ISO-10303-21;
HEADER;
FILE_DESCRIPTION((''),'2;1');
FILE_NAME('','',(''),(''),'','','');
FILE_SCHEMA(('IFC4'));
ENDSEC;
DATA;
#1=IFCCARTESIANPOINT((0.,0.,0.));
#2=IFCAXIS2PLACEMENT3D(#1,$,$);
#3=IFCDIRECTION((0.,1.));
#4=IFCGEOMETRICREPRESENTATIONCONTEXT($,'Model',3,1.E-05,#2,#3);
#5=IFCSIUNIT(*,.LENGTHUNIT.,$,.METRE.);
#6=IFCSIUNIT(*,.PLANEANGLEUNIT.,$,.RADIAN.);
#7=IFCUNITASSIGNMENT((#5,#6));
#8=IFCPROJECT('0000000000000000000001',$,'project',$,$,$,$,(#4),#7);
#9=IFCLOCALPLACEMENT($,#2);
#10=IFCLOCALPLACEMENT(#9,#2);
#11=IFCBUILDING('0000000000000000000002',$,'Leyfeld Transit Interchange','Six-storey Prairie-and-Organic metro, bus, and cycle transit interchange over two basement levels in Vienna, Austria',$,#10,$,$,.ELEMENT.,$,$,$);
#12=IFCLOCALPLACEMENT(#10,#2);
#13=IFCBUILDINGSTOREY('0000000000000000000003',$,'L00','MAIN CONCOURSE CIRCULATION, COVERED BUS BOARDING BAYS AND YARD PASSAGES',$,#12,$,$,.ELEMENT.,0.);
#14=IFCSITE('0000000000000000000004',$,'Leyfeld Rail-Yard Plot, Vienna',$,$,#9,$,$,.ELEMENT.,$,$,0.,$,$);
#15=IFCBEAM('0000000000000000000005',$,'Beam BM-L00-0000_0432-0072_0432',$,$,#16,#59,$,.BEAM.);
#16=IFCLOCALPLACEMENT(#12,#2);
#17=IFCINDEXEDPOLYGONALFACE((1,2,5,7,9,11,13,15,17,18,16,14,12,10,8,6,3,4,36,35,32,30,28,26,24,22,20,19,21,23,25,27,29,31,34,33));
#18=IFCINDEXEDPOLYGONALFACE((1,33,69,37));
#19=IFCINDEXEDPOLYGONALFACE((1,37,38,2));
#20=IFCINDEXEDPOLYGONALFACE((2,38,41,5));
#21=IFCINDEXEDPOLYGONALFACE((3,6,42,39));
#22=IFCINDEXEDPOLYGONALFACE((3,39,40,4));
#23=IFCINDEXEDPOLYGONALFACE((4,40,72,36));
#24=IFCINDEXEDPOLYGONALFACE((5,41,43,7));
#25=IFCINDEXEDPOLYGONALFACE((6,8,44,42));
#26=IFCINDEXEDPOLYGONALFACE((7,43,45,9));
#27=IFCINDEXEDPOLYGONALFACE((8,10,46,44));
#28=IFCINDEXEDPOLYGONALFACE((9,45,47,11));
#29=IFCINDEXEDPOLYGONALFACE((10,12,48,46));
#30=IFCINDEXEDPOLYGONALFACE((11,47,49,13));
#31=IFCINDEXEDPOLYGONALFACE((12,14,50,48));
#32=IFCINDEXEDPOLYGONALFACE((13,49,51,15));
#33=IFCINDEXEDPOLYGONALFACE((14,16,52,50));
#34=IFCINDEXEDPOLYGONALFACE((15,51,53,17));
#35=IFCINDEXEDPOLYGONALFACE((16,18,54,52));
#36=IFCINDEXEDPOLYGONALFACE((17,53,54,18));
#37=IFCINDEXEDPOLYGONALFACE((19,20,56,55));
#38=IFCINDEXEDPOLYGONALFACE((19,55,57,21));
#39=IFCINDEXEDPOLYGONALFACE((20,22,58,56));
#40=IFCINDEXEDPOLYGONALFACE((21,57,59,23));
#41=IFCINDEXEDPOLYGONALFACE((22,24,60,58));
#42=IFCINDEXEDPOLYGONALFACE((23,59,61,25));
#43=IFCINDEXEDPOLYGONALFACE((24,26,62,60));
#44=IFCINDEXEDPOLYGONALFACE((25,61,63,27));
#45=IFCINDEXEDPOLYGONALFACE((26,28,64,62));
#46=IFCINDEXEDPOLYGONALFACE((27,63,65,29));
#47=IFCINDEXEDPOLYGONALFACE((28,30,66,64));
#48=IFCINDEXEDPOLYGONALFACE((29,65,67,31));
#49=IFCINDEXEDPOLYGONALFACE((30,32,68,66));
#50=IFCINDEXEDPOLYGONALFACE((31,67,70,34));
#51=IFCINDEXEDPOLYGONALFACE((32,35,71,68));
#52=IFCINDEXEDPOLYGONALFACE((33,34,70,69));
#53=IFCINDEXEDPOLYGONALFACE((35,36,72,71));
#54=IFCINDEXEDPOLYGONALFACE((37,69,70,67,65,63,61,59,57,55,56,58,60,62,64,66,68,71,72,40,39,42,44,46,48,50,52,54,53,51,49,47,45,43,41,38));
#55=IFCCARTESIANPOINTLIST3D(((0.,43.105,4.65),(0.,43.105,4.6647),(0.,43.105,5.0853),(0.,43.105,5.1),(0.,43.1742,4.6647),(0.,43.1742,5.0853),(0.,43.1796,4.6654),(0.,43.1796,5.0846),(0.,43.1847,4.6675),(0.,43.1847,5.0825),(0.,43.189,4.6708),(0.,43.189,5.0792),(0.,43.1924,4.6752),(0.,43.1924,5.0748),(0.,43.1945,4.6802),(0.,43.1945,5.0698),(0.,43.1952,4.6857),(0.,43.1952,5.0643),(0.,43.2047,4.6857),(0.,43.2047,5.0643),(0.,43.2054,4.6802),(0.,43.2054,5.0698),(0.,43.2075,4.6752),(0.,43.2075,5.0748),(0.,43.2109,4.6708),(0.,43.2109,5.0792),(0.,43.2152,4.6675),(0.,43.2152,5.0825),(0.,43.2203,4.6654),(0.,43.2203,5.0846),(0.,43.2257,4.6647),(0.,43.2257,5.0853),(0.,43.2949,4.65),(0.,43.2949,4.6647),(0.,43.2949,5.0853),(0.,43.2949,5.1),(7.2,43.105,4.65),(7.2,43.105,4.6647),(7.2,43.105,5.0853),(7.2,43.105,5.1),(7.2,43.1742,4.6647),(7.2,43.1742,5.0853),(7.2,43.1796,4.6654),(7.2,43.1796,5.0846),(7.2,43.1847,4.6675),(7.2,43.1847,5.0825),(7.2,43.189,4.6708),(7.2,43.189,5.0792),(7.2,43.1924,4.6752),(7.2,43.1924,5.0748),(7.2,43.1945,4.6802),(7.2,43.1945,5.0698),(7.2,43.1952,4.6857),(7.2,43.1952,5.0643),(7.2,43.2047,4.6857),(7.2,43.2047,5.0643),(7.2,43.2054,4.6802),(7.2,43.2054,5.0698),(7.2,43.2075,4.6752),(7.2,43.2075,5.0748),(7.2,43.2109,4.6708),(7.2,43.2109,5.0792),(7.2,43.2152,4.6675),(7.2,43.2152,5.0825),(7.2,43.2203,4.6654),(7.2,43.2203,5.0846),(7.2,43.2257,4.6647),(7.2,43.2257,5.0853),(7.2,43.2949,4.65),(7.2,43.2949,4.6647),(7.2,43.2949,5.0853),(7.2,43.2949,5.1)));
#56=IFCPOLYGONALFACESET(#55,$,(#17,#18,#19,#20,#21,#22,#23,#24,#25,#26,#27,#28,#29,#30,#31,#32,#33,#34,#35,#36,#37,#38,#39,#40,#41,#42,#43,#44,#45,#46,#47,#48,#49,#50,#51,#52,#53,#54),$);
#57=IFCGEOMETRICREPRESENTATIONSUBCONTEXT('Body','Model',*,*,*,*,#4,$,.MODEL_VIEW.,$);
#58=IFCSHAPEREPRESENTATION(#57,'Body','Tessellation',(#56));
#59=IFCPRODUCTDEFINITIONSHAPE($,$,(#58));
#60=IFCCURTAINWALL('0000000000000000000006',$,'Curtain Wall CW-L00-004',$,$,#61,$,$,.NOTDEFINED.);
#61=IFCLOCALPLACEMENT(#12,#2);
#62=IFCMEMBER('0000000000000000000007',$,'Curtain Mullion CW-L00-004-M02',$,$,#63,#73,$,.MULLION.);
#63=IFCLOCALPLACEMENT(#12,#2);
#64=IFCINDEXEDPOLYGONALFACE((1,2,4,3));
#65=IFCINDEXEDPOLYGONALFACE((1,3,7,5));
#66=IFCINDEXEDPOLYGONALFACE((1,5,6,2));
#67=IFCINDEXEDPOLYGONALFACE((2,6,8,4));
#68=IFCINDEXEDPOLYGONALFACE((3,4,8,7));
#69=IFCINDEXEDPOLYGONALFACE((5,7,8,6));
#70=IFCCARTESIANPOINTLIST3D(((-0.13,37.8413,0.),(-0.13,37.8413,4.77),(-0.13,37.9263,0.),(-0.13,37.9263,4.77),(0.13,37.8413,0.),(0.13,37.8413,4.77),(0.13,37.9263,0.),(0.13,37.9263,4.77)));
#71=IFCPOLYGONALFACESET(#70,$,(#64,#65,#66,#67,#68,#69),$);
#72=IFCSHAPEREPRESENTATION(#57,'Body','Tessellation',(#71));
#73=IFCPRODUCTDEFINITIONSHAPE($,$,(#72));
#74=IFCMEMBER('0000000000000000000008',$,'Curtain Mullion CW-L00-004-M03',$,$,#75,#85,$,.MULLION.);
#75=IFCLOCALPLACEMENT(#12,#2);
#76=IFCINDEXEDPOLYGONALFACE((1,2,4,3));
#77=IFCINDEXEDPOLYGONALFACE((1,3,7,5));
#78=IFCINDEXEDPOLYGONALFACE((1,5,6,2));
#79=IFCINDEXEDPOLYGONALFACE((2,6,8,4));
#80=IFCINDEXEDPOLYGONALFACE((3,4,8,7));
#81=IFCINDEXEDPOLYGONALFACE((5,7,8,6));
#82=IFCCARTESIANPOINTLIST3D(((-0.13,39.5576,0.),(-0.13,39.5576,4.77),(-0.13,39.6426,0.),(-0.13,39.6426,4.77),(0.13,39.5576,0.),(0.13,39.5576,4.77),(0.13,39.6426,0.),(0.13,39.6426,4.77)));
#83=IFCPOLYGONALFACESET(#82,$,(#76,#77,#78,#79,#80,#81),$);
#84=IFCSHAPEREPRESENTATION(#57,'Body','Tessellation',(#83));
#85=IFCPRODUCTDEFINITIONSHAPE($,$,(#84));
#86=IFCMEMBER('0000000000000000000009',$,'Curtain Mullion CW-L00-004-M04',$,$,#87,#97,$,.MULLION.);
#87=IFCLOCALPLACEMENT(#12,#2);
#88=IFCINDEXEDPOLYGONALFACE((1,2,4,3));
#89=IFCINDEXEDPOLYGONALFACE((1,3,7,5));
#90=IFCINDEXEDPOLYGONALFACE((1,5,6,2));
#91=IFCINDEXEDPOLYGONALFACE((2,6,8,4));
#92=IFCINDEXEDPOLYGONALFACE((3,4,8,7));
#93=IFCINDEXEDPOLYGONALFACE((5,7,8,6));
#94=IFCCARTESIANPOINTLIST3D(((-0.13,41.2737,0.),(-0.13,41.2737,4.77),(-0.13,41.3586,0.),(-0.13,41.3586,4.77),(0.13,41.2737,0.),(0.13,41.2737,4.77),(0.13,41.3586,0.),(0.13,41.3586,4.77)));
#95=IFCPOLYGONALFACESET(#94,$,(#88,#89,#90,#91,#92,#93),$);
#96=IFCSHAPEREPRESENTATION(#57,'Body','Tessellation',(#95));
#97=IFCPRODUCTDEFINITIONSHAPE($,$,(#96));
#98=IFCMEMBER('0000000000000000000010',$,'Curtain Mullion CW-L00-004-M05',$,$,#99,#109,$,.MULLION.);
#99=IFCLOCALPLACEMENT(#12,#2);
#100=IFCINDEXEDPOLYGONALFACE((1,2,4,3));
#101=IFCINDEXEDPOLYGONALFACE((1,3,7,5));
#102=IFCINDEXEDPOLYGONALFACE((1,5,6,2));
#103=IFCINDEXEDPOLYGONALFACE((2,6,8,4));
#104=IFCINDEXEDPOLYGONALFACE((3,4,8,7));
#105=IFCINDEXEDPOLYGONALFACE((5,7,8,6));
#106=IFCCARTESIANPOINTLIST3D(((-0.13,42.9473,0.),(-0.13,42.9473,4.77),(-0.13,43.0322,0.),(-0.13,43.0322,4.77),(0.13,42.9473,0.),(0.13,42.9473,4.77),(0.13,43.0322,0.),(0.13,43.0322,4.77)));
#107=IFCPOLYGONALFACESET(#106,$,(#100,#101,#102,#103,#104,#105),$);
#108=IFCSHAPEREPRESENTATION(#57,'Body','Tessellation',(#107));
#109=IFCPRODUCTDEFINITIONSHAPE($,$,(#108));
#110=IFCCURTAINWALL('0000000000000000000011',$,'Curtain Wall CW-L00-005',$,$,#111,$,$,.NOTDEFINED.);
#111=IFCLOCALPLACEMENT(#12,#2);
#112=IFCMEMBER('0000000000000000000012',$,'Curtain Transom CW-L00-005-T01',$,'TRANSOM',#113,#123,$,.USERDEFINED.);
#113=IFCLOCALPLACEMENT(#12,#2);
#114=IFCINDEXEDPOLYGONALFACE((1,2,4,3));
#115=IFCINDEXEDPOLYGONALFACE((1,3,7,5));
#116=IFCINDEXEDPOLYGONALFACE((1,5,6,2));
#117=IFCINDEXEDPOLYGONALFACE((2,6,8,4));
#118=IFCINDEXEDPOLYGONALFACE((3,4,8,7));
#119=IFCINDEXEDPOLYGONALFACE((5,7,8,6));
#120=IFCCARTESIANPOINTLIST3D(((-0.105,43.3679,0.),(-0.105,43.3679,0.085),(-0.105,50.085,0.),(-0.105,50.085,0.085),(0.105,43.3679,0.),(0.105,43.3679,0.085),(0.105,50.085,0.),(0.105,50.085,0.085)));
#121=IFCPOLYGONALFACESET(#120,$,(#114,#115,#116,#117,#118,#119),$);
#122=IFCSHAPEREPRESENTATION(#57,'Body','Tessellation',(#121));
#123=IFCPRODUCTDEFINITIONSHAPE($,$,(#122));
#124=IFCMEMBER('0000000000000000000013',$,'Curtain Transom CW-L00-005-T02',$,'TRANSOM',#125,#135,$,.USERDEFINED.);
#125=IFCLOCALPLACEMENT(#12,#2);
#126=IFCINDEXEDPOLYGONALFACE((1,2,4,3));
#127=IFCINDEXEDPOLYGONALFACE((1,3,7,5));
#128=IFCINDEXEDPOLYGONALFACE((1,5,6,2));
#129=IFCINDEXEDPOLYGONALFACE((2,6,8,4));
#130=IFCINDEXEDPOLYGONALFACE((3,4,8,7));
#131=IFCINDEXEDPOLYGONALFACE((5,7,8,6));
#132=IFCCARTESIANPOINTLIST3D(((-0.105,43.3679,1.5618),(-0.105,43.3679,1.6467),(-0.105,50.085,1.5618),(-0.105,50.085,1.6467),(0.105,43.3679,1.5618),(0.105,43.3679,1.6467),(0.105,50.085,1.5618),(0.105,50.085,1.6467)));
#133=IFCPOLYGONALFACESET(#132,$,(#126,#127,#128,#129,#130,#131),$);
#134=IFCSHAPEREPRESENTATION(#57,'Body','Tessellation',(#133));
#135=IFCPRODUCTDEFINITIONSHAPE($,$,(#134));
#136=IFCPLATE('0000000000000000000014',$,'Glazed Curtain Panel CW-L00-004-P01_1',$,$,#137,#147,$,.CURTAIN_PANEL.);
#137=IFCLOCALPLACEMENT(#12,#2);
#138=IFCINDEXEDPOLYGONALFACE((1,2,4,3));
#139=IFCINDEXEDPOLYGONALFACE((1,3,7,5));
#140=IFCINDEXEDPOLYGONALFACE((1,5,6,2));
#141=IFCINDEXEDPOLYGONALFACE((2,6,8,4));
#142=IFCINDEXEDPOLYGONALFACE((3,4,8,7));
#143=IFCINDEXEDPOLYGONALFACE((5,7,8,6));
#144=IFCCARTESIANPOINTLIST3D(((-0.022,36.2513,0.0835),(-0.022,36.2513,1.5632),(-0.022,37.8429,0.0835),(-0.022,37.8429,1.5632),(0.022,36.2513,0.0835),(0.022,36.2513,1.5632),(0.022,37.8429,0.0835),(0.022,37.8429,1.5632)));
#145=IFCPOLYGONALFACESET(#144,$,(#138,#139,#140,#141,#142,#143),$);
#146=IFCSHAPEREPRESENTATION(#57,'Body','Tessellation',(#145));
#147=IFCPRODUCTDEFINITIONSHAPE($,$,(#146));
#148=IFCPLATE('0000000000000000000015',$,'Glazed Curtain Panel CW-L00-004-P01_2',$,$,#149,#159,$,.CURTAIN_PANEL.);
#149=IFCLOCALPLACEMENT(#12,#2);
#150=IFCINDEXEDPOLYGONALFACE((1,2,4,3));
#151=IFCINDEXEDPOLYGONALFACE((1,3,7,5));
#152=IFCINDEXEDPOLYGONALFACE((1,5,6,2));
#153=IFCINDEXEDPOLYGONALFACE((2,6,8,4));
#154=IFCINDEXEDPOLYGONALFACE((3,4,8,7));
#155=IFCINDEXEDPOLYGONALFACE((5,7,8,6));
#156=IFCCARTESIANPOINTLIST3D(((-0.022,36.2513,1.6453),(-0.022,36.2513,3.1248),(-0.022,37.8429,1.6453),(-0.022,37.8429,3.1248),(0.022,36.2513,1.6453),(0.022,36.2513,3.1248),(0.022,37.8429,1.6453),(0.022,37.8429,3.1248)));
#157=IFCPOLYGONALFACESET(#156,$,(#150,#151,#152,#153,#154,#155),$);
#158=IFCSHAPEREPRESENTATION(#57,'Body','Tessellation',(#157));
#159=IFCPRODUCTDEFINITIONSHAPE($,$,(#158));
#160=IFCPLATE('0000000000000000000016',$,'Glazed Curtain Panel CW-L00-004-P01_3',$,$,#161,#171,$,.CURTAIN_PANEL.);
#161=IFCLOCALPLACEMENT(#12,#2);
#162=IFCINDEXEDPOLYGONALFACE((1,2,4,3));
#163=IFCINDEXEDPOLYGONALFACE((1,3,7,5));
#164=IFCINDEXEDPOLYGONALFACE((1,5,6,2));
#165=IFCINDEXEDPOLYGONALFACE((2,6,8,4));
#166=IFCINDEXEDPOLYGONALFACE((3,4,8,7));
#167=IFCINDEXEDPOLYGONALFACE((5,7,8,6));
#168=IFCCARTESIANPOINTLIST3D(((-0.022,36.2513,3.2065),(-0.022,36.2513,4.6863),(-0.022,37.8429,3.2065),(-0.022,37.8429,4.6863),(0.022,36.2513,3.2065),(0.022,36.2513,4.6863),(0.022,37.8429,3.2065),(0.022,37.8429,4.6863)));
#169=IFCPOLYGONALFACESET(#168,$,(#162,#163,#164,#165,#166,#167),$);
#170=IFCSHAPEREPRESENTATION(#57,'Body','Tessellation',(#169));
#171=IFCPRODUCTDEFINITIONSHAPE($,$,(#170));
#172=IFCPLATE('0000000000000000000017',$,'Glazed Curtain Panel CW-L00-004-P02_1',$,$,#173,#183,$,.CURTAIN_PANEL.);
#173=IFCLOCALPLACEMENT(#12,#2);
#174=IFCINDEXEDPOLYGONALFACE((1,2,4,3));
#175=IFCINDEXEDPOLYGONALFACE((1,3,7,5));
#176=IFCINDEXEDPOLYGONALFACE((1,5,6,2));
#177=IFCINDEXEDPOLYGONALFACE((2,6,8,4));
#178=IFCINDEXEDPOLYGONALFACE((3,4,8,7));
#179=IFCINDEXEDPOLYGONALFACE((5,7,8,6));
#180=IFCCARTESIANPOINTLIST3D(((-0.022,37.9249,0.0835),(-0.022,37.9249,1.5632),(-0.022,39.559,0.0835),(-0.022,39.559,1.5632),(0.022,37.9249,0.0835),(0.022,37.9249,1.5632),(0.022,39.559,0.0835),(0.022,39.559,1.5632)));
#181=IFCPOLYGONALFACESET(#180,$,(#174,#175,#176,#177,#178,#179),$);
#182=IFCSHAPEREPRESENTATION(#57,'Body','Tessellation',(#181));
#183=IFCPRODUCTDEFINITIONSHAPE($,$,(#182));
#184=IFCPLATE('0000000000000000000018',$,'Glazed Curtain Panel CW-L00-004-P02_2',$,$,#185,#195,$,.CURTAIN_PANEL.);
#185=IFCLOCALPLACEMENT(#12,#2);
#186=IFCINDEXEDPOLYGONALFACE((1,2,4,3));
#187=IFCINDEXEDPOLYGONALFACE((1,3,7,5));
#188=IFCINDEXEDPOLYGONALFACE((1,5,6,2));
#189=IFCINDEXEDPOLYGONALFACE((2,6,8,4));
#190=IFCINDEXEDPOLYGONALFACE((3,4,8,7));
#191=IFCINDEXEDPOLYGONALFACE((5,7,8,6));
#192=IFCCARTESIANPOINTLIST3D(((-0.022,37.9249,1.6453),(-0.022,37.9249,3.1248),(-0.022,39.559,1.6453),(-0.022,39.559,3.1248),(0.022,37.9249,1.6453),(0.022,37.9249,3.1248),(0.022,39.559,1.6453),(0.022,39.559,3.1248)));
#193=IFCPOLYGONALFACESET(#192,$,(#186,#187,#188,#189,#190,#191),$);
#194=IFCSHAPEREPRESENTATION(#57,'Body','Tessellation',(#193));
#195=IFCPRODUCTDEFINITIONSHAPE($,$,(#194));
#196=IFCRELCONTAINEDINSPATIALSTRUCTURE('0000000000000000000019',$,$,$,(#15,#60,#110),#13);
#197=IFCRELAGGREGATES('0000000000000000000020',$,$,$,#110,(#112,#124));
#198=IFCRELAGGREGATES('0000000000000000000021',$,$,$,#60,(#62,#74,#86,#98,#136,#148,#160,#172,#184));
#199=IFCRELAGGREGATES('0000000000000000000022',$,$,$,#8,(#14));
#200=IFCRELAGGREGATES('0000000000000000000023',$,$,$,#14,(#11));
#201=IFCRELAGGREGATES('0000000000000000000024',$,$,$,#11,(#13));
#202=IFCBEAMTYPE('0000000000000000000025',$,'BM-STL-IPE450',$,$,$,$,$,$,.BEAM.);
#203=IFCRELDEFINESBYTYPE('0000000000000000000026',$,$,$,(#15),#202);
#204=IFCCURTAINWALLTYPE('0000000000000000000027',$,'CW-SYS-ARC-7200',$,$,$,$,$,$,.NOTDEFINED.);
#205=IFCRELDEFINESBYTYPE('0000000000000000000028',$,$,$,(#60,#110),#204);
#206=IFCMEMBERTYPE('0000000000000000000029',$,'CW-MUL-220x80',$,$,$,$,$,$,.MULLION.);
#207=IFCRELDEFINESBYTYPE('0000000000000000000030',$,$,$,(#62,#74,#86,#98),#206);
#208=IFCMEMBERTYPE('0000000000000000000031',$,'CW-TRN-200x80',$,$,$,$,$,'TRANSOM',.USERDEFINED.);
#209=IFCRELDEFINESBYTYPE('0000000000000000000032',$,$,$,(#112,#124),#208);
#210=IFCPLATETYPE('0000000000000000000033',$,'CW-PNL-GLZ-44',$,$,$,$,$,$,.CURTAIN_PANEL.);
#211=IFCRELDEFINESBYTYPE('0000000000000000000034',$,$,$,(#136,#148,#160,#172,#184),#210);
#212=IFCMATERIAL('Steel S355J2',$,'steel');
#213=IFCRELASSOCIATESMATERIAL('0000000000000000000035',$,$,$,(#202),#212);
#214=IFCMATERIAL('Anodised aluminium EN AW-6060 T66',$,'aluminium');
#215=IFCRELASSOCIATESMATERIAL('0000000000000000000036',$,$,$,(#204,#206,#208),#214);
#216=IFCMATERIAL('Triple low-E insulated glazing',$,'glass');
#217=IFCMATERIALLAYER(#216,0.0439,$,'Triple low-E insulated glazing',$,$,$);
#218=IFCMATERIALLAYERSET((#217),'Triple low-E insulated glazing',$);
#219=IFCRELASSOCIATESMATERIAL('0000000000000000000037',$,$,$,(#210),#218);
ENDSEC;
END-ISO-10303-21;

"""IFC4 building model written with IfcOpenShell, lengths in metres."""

from ifc_helpers import new_model, si_unit, direction, frame, origin, origin_2d, place, context, subcontext, project, spatial, rectangle, i_section, extrude, material, layer, layer_set, material_profile, profile_set, type_object, element, aggregate, save


model = new_model("IFC4")

# Units and contexts
model_context = context("Model", 3, precision=1e-05, world=origin(), true_north=direction((0.0, 1.0)))
body_context = subcontext(model_context, "Body", "Model", "MODEL_VIEW")
ifc_project = project(units=[si_unit("LENGTHUNIT", "METRE"), si_unit("PLANEANGLEUNIT", "RADIAN")], contexts=[model_context])

# Site, building, storey
site_placement = place(None, origin())
site = spatial("IfcSite", under=ifc_project, at=site_placement, Name="Leyfeld Rail-Yard Plot, Vienna", CompositionType="ELEMENT", RefElevation=0.0)
building_placement = place(site_placement, origin())
building = spatial("IfcBuilding", under=site, at=building_placement, Name="Leyfeld Transit Interchange", Description="Six-storey Prairie-and-Organic metro, bus, and cycle transit interchange over two basement levels in Vienna, Austria", CompositionType="ELEMENT")
storey_placement = place(building_placement, origin())
storey = spatial("IfcBuildingStorey", under=building, at=storey_placement, Name="L00", Description="MAIN CONCOURSE CIRCULATION, COVERED BUS BOARDING BAYS AND YARD PASSAGES", CompositionType="ELEMENT", Elevation=0.0)

# Shared definitions
ifc_material_1 = material(Name="Steel S355J2", Category="steel")

# Beam
ifc_material_profile_1 = material_profile(ifc_material_1, i_section(OverallWidth=0.1899, OverallDepth=0.45, WebThickness=0.0095, FlangeThickness=0.0146, FilletRadius=0.021, at=origin_2d()), Name="IPE 450")
ifc_profile_set_1 = profile_set([ifc_material_profile_1], Name="Steel S355J2")
beam_type_1 = type_object("IfcBeamType", Name="BM-STL-IPE450", PredefinedType="BEAM", material=ifc_profile_set_1)
beam_1_placement = place(storey_placement, frame((0.0, 43.2, 4.875), z_axis=(1.0, 0.0, 0.0), x_axis=(0.0, 1.0, 0.0)))
element("IfcBeam", 1, at=beam_1_placement, inside=storey, type_object=beam_type_1, Name="Beam BM-L00-0000_0432-0072_0432", PredefinedType="BEAM", context=body_context, shape_type="SweptSolid", body=[
    extrude(i_section(OverallWidth=0.1899, OverallDepth=0.45, WebThickness=0.0095, FlangeThickness=0.0146, FilletRadius=0.021, at=origin_2d()), origin(), (0.0, 0.0, 1.0), 7.2),
])

# Curtain walls, members
ifc_material_2 = material(Name="Anodised aluminium EN AW-6060 T66", Category="aluminium")
curtain_wall_type = type_object("IfcCurtainWallType", Name="CW-SYS-ARC-7200", PredefinedType="NOTDEFINED", material=ifc_material_2)
curtain_wall_1_placement = place(storey_placement, origin())
curtain_wall_1 = element("IfcCurtainWall", 2, at=curtain_wall_1_placement, inside=storey, type_object=curtain_wall_type, Name="Curtain Wall CW-L00-004", PredefinedType="NOTDEFINED")
ifc_material_profile_2 = material_profile(ifc_material_2, rectangle(XDim=0.085, YDim=0.26, at=origin_2d()), Name="CW-M 85x260")
ifc_profile_set_2 = profile_set([ifc_material_profile_2], Name="Anodised aluminium EN AW-6060 T66")
member_type_1 = type_object("IfcMemberType", Name="CW-MUL-220x80", PredefinedType="MULLION", material=ifc_profile_set_2)
member_1_placement = place(storey_placement, frame((0.0, 37.8838, 0.0), z_axis=(0.0, 0.0, 1.0), x_axis=(0.0, 1.0, 0.0)))
member_1 = element("IfcMember", 3, at=member_1_placement, type_object=member_type_1, Name="Curtain Mullion CW-L00-004-M02", PredefinedType="MULLION", context=body_context, shape_type="SweptSolid", body=[
    extrude(rectangle(XDim=0.085, YDim=0.26, at=origin_2d()), origin(), (0.0, 0.0, 1.0), 4.77),
])
member_2_placement = place(storey_placement, frame((0.0, 39.6001, 0.0), z_axis=(0.0, 0.0, 1.0), x_axis=(0.0, 1.0, 0.0)))
member_2 = element("IfcMember", 4, at=member_2_placement, type_object=member_type_1, Name="Curtain Mullion CW-L00-004-M03", PredefinedType="MULLION", context=body_context, shape_type="SweptSolid", body=[
    extrude(rectangle(XDim=0.085, YDim=0.26, at=origin_2d()), origin(), (0.0, 0.0, 1.0), 4.77),
])
member_3_placement = place(storey_placement, frame((0.0, 41.3162, 0.0), z_axis=(0.0, 0.0, 1.0), x_axis=(0.0, 1.0, 0.0)))
member_3 = element("IfcMember", 5, at=member_3_placement, type_object=member_type_1, Name="Curtain Mullion CW-L00-004-M04", PredefinedType="MULLION", context=body_context, shape_type="SweptSolid", body=[
    extrude(rectangle(XDim=0.085, YDim=0.26, at=origin_2d()), origin(), (0.0, 0.0, 1.0), 4.77),
])
member_4_placement = place(storey_placement, frame((0.0, 42.9897, 0.0), z_axis=(0.0, 0.0, 1.0), x_axis=(0.0, 1.0, 0.0)))
member_4 = element("IfcMember", 6, at=member_4_placement, type_object=member_type_1, Name="Curtain Mullion CW-L00-004-M05", PredefinedType="MULLION", context=body_context, shape_type="SweptSolid", body=[
    extrude(rectangle(XDim=0.085, YDim=0.26, at=origin_2d()), origin(), (0.0, 0.0, 1.0), 4.77),
])
curtain_wall_2_placement = place(storey_placement, origin())
curtain_wall_2 = element("IfcCurtainWall", 7, at=curtain_wall_2_placement, inside=storey, type_object=curtain_wall_type, Name="Curtain Wall CW-L00-005", PredefinedType="NOTDEFINED")
ifc_material_profile_3 = material_profile(ifc_material_2, rectangle(XDim=0.21, YDim=0.085, at=origin_2d()), Name="CW-TRN-200x80")
ifc_profile_set_3 = profile_set([ifc_material_profile_3], Name="Anodised aluminium EN AW-6060 T66")
member_type_2 = type_object("IfcMemberType", Name="CW-TRN-200x80", ElementType="TRANSOM", PredefinedType="USERDEFINED", material=ifc_profile_set_3)
member_5_placement = place(storey_placement, frame((0.0, 43.3679, 0.0425), z_axis=(0.0, 1.0, 0.0), x_axis=(-1.0, 0.0, 0.0)))
member_5 = element("IfcMember", 8, at=member_5_placement, type_object=member_type_2, Name="Curtain Transom CW-L00-005-T01", ObjectType="TRANSOM", PredefinedType="USERDEFINED", context=body_context, shape_type="SweptSolid", body=[
    extrude(rectangle(XDim=0.21, YDim=0.085, at=origin_2d()), origin(), (0.0, 0.0, 1.0), 6.717),
])
member_6_placement = place(storey_placement, frame((0.0, 43.3679, 1.6042), z_axis=(0.0, 1.0, 0.0), x_axis=(-1.0, 0.0, 0.0)))
member_6 = element("IfcMember", 9, at=member_6_placement, type_object=member_type_2, Name="Curtain Transom CW-L00-005-T02", ObjectType="TRANSOM", PredefinedType="USERDEFINED", context=body_context, shape_type="SweptSolid", body=[
    extrude(rectangle(XDim=0.21, YDim=0.085, at=origin_2d()), origin(), (0.0, 0.0, 1.0), 6.717),
])
aggregate(curtain_wall_2, [member_5, member_6])

# Plates
ifc_material_3 = material(Name="Triple low-E insulated glazing", Category="glass")
ifc_layer_1 = layer(ifc_material_3, 0.0439, Name="Triple low-E insulated glazing")
ifc_layer_set_1 = layer_set([ifc_layer_1], Name="Triple low-E insulated glazing")
plate_type_1 = type_object("IfcPlateType", Name="CW-PNL-GLZ-44", PredefinedType="CURTAIN_PANEL", material=ifc_layer_set_1)
plate_1_placement = place(storey_placement, frame((0.0, 37.0471, 0.0835), z_axis=(0.0, 0.0, 1.0), x_axis=(0.0, 1.0, 0.0)))
plate_1 = element("IfcPlate", 10, at=plate_1_placement, type_object=plate_type_1, Name="Glazed Curtain Panel CW-L00-004-P01_1", PredefinedType="CURTAIN_PANEL", context=body_context, shape_type="SweptSolid", body=[
    extrude(rectangle(XDim=1.5916, YDim=0.0439, at=origin_2d()), origin(), (0.0, 0.0, 1.0), 1.4797),
])
plate_2_placement = place(storey_placement, frame((0.0, 37.0471, 1.6453), z_axis=(0.0, 0.0, 1.0), x_axis=(0.0, 1.0, 0.0)))
plate_2 = element("IfcPlate", 11, at=plate_2_placement, type_object=plate_type_1, Name="Glazed Curtain Panel CW-L00-004-P01_2", PredefinedType="CURTAIN_PANEL", context=body_context, shape_type="SweptSolid", body=[
    extrude(rectangle(XDim=1.5916, YDim=0.0439, at=origin_2d()), origin(), (0.0, 0.0, 1.0), 1.4795),
])
plate_3_placement = place(storey_placement, frame((0.0, 37.0471, 3.2065), z_axis=(0.0, 0.0, 1.0), x_axis=(0.0, 1.0, 0.0)))
plate_3 = element("IfcPlate", 12, at=plate_3_placement, type_object=plate_type_1, Name="Glazed Curtain Panel CW-L00-004-P01_3", PredefinedType="CURTAIN_PANEL", context=body_context, shape_type="SweptSolid", body=[
    extrude(rectangle(XDim=1.5916, YDim=0.0439, at=origin_2d()), origin(), (0.0, 0.0, 1.0), 1.4797),
])
plate_4_placement = place(storey_placement, frame((0.0, 38.7419, 0.0835), z_axis=(0.0, 0.0, 1.0), x_axis=(0.0, 1.0, 0.0)))
plate_4 = element("IfcPlate", 13, at=plate_4_placement, type_object=plate_type_1, Name="Glazed Curtain Panel CW-L00-004-P02_1", PredefinedType="CURTAIN_PANEL", context=body_context, shape_type="SweptSolid", body=[
    extrude(rectangle(XDim=1.634, YDim=0.0439, at=origin_2d()), origin(), (0.0, 0.0, 1.0), 1.4797),
])
plate_5_placement = place(storey_placement, frame((0.0, 38.7419, 1.6453), z_axis=(0.0, 0.0, 1.0), x_axis=(0.0, 1.0, 0.0)))
plate_5 = element("IfcPlate", 14, at=plate_5_placement, type_object=plate_type_1, Name="Glazed Curtain Panel CW-L00-004-P02_2", PredefinedType="CURTAIN_PANEL", context=body_context, shape_type="SweptSolid", body=[
    extrude(rectangle(XDim=1.634, YDim=0.0439, at=origin_2d()), origin(), (0.0, 0.0, 1.0), 1.4795),
])
aggregate(curtain_wall_1, [member_1, member_2, member_3, member_4, plate_1, plate_2, plate_3, plate_4, plate_5])

save(model, "model.ifc")
